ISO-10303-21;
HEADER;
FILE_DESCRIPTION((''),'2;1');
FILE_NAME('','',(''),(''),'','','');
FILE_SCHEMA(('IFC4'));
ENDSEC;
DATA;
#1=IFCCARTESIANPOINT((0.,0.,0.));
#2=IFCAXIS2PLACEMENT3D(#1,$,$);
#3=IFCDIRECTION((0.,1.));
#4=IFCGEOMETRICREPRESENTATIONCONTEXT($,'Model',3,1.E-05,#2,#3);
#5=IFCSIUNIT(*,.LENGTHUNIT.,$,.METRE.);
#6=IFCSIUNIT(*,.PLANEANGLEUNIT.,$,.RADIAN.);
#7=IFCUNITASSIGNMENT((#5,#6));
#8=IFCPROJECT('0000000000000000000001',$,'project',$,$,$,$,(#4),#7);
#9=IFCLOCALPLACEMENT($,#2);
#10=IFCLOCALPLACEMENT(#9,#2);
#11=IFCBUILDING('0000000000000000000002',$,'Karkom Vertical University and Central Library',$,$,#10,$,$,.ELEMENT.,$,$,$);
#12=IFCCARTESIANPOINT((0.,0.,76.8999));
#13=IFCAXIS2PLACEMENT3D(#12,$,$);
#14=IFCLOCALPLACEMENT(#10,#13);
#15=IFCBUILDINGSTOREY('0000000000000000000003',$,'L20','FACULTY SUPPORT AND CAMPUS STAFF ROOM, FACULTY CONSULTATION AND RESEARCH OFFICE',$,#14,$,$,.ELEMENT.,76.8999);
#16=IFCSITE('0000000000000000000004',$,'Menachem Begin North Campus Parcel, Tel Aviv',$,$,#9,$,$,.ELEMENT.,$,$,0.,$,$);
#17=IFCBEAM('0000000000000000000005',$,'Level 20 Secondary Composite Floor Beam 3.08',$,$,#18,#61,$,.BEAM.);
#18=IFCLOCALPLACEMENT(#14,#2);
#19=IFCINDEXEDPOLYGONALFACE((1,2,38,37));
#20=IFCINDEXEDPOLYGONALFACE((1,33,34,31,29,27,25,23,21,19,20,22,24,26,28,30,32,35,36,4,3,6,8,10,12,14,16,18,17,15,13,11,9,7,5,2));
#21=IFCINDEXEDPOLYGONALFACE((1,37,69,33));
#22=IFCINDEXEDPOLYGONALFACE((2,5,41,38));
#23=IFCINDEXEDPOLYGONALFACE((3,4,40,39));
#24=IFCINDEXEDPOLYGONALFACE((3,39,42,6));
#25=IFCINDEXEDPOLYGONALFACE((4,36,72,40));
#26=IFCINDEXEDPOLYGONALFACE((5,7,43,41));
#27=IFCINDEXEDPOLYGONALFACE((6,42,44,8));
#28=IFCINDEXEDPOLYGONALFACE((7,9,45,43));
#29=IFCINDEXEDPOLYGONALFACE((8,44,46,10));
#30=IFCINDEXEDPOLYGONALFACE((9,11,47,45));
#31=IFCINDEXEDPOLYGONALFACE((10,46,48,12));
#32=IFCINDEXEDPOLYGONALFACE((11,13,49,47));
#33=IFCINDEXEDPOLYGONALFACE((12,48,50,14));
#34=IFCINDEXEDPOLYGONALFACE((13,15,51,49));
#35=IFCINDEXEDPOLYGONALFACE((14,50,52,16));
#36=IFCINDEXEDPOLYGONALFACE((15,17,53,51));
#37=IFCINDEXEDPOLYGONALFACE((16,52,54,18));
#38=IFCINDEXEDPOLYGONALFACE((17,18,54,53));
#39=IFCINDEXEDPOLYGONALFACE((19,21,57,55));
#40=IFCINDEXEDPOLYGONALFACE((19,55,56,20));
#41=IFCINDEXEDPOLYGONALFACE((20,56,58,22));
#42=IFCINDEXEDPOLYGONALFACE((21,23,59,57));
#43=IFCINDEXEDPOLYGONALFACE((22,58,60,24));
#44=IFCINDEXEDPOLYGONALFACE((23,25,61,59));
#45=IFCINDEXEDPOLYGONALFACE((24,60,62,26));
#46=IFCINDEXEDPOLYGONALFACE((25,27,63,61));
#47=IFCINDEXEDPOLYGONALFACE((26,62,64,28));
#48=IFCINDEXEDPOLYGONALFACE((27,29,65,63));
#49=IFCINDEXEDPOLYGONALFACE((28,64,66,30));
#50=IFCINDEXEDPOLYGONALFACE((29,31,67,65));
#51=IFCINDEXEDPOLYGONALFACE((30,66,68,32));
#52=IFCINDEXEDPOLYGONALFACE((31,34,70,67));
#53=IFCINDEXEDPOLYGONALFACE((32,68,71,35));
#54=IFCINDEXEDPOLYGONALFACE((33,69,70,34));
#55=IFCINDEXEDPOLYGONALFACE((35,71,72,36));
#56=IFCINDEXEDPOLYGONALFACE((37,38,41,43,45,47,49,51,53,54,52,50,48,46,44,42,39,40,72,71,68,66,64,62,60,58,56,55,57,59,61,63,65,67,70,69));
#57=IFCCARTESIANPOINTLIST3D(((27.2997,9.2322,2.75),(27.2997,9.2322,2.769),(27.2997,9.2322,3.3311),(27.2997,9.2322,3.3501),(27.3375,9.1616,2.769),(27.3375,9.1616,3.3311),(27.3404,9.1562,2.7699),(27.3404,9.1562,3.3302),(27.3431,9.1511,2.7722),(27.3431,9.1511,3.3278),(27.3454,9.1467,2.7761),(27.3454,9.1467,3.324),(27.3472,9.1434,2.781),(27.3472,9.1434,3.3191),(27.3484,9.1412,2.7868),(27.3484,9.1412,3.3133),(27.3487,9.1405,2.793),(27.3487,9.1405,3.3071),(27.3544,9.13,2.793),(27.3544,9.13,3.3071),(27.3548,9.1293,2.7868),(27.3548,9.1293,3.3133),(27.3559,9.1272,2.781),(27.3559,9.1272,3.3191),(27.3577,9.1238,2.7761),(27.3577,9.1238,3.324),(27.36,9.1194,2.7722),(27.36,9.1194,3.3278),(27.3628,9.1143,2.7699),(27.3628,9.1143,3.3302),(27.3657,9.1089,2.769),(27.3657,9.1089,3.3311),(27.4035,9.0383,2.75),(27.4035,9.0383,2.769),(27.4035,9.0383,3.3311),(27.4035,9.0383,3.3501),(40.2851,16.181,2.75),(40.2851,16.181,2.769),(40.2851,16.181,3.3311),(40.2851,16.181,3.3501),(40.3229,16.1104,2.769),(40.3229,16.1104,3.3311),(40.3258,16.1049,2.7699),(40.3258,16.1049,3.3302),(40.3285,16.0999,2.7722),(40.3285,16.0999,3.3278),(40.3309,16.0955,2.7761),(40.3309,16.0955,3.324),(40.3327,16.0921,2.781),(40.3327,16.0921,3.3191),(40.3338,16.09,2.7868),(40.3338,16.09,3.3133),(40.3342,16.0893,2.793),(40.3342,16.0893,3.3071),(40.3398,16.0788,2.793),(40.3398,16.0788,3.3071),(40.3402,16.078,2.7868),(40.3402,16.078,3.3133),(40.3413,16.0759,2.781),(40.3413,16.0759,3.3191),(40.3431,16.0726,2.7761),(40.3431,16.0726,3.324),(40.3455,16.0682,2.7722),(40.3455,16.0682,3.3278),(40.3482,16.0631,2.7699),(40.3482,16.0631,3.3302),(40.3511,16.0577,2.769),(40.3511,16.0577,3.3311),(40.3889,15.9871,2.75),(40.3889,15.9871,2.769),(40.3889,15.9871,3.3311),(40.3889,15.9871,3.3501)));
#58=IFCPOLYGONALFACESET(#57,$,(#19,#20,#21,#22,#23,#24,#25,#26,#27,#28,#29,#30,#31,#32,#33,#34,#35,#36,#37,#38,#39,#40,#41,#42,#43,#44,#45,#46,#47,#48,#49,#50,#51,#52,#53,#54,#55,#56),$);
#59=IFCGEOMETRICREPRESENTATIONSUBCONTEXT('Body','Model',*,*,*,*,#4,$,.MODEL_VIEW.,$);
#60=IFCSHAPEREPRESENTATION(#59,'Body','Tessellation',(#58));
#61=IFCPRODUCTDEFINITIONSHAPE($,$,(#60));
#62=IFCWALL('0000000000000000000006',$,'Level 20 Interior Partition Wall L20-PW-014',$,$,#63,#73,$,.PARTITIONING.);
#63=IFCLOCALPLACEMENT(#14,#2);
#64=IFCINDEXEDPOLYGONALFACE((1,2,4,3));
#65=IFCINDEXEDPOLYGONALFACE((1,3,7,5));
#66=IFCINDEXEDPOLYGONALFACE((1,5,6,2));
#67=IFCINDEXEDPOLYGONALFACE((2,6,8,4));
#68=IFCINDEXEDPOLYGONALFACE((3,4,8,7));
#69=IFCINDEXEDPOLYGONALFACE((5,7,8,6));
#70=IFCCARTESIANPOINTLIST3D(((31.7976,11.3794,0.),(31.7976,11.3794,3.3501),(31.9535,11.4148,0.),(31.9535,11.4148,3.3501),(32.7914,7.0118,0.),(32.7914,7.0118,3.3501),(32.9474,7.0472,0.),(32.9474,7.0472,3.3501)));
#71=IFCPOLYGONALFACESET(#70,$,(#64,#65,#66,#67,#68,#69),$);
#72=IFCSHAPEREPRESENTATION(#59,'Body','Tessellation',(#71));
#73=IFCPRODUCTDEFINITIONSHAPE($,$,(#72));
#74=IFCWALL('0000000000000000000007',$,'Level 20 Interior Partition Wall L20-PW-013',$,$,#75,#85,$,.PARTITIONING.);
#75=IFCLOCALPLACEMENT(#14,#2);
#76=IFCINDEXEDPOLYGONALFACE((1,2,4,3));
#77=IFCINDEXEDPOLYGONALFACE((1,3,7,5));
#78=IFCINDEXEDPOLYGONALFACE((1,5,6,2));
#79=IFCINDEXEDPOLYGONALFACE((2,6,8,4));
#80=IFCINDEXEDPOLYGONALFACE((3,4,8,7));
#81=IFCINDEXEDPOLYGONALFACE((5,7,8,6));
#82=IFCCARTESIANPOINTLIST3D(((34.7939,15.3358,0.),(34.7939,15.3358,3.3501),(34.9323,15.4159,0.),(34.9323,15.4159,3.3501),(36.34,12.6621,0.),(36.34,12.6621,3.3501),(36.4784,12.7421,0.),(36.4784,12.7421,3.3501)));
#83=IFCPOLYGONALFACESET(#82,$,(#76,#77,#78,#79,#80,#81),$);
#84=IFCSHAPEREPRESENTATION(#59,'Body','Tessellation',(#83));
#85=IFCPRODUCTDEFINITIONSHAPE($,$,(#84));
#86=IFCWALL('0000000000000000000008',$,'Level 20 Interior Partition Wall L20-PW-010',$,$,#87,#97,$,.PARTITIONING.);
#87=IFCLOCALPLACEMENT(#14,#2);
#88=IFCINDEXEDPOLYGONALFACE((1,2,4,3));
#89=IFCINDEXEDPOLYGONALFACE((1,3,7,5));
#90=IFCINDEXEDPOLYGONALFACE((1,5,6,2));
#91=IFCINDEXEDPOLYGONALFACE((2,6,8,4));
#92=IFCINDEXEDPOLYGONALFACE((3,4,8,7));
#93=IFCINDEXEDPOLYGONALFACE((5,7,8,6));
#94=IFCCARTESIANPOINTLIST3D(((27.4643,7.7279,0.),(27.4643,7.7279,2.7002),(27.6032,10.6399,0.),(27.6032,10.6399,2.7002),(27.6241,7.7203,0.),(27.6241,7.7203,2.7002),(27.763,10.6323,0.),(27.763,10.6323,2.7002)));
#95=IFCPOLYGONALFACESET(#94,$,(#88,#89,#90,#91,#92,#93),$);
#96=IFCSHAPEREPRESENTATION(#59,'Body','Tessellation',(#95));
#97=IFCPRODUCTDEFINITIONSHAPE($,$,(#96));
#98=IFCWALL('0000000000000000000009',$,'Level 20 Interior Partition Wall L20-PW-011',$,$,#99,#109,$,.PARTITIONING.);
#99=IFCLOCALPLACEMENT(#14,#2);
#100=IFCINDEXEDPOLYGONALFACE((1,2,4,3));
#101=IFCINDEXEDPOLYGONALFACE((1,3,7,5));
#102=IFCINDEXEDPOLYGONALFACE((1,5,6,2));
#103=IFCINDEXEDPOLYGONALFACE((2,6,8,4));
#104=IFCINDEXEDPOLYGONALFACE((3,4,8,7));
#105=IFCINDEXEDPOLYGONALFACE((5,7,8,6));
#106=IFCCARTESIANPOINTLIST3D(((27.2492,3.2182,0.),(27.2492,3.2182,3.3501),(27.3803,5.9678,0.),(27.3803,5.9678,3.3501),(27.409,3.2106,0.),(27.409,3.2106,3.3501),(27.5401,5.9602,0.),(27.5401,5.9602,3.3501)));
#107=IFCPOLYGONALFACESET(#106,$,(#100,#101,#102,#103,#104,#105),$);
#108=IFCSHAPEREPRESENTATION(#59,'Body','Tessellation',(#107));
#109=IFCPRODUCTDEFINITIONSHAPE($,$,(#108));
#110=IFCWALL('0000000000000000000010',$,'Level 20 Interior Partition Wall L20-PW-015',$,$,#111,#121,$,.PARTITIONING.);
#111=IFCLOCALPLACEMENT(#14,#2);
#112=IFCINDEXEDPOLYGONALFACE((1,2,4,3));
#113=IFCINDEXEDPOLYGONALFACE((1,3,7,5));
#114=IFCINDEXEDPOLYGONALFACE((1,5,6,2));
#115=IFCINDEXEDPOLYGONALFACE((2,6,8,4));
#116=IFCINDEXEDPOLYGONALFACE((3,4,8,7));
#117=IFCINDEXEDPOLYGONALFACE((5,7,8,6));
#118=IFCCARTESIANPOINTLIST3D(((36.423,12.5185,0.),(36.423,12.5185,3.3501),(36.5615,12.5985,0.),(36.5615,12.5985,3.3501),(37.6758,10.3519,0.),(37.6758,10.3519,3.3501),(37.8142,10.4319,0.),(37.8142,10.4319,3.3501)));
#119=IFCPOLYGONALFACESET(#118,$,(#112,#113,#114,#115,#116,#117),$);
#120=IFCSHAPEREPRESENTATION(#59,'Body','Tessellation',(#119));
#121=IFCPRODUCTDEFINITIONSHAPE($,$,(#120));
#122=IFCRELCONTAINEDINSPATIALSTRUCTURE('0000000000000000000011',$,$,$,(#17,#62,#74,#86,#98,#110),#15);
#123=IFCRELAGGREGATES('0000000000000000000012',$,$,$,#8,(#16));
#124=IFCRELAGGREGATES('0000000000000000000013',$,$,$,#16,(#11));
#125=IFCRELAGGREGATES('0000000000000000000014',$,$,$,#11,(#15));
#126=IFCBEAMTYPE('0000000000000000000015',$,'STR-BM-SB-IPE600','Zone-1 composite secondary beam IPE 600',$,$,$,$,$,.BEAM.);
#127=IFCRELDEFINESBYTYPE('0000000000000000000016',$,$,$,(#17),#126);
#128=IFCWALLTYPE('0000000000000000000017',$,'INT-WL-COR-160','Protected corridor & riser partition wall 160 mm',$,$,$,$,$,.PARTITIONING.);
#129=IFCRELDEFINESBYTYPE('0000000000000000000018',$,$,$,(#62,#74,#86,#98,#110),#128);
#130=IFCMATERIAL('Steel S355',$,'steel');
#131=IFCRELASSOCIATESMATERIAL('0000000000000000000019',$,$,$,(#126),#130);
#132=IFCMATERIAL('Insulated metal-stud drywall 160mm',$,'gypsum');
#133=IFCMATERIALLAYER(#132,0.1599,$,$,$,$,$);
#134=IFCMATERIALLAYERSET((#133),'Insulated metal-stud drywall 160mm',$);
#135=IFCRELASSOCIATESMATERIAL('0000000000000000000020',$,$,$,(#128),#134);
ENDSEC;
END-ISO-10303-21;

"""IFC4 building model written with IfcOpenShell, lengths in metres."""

from ifc_helpers import new_model, si_unit, direction, frame, frame_2d, origin, origin_with_axes, origin_2d, place, context, subcontext, project, spatial, rectangle, i_section, extrude, source, transform, mapped, material, layer, layer_set, material_profile, profile_set, type_object, element, save


model = new_model("IFC4")

# Units and contexts
model_context = context("Model", 3, precision=1e-05, world=origin(), true_north=direction((0.0, 1.0)))
body_context = subcontext(model_context, "Body", "Model", "MODEL_VIEW")
ifc_project = project(units=[si_unit("LENGTHUNIT", "METRE"), si_unit("PLANEANGLEUNIT", "RADIAN")], contexts=[model_context])

# Site, building, storey
site_placement = place(None, origin())
site = spatial("IfcSite", under=ifc_project, at=site_placement, Name="Menachem Begin North Campus Parcel, Tel Aviv", CompositionType="ELEMENT", RefElevation=0.0)
building_placement = place(site_placement, origin())
building = spatial("IfcBuilding", under=site, at=building_placement, Name="Karkom Vertical University and Central Library", CompositionType="ELEMENT")
storey_placement = place(building_placement, frame((0.0, 0.0, 76.8999)))
storey = spatial("IfcBuildingStorey", under=building, at=storey_placement, Name="L20", Description="FACULTY SUPPORT AND CAMPUS STAFF ROOM, FACULTY CONSULTATION AND RESEARCH OFFICE", CompositionType="ELEMENT", Elevation=76.8999)

# Beam
ifc_material_1 = material(Name="Steel S355", Category="steel")
ifc_material_profile_1 = material_profile(ifc_material_1, i_section(OverallWidth=0.22, OverallDepth=0.6001, WebThickness=0.012, FlangeThickness=0.019, FilletRadius=0.0239, at=origin_2d()), Name="IPE 600")
ifc_profile_set_1 = profile_set([ifc_material_profile_1], Name="Steel S355")
beam_type_1 = type_object("IfcBeamType", Name="STR-BM-SB-IPE600", Description="Zone-1 composite secondary beam IPE 600", PredefinedType="BEAM", material=ifc_profile_set_1)
shared_shape_1 = source(origin_with_axes(), body_context, "Body", "SweptSolid", [
    extrude(i_section(OverallWidth=0.22, OverallDepth=0.6001, WebThickness=0.012, FlangeThickness=0.019, FilletRadius=0.0239, at=origin_2d()), origin(), (0.0, 0.0, 1.0), 14.7278),
])
beam_1_placement = place(storey_placement, frame((27.3516, 9.1353, 3.05), z_axis=(0.881698, 0.471815, 0.0), x_axis=(-0.471815, 0.881698, 0.0)))
element("IfcBeam", 1, at=beam_1_placement, inside=storey, type_object=beam_type_1, Name="Level 20 Secondary Composite Floor Beam 3.08", PredefinedType="BEAM", context=body_context, shape_type="MappedRepresentation", body=[
    mapped(shared_shape_1, transform((0.0, 0.0, 0.0), scale=1.0)),
])

# Shared definitions
ifc_material_2 = material(Name="Insulated metal-stud drywall 160mm", Category="gypsum")
ifc_layer = layer(ifc_material_2, 0.1599)
ifc_layer_set = layer_set([ifc_layer], Name="Insulated metal-stud drywall 160mm")
wall_type = type_object("IfcWallType", Name="INT-WL-COR-160", Description="Protected corridor & riser partition wall 160 mm", PredefinedType="PARTITIONING", material=ifc_layer_set)

# Walls
wall_1_placement = place(storey_placement, frame((31.8755, 11.3972, 0.0), z_axis=(0.0, 0.0, 1.0), x_axis=(0.221885, -0.975073, 0.0)))
element("IfcWall", 2, at=wall_1_placement, inside=storey, type_object=wall_type, Name="Level 20 Interior Partition Wall L20-PW-014", PredefinedType="PARTITIONING", context=body_context, shape_type="SweptSolid", body=[
    extrude(rectangle(XDim=4.4792, YDim=0.1599, at=frame_2d((2.2397, 0.0))), origin(), (0.0, 0.0, 1.0), 3.3501),
])
wall_2_placement = place(storey_placement, frame((34.863, 15.376, 0.0), z_axis=(0.0, 0.0, 1.0), x_axis=(0.500584, -0.865688, 0.0)))
element("IfcWall", 3, at=wall_2_placement, inside=storey, type_object=wall_type, Name="Level 20 Interior Partition Wall L20-PW-013", PredefinedType="PARTITIONING", context=body_context, shape_type="SweptSolid", body=[
    extrude(rectangle(XDim=3.0886, YDim=0.1599, at=frame_2d((1.5444, 0.0))), origin(), (0.0, 0.0, 1.0), 3.3501),
])
wall_3_placement = place(storey_placement, frame((27.6831, 10.636, 0.0), z_axis=(0.0, 0.0, 1.0), x_axis=(-0.047653, -0.998864, 0.0)))
element("IfcWall", 4, at=wall_3_placement, inside=storey, type_object=wall_type, Name="Level 20 Interior Partition Wall L20-PW-010", PredefinedType="PARTITIONING", context=body_context, shape_type="SweptSolid", body=[
    extrude(rectangle(XDim=2.9153, YDim=0.1599, at=frame_2d((1.4575, 0.0))), origin(), (0.0, 0.0, 1.0), 2.7002),
])
wall_4_placement = place(storey_placement, frame((27.4602, 5.9641, 0.0), z_axis=(0.0, 0.0, 1.0), x_axis=(-0.047628, -0.998865, 0.0)))
element("IfcWall", 5, at=wall_4_placement, inside=storey, type_object=wall_type, Name="Level 20 Interior Partition Wall L20-PW-011", PredefinedType="PARTITIONING", context=body_context, shape_type="SweptSolid", body=[
    extrude(rectangle(XDim=2.7527, YDim=0.1599, at=frame_2d((1.3765, 0.0))), origin(), (0.0, 0.0, 1.0), 3.3501),
])
wall_5_placement = place(storey_placement, frame((36.4922, 12.5586, 0.0), z_axis=(0.0, 0.0, 1.0), x_axis=(0.500556, -0.865704, 0.0)))
element("IfcWall", 6, at=wall_5_placement, inside=storey, type_object=wall_type, Name="Level 20 Interior Partition Wall L20-PW-015", PredefinedType="PARTITIONING", context=body_context, shape_type="SweptSolid", body=[
    extrude(rectangle(XDim=2.5027, YDim=0.1599, at=frame_2d((1.2515, 0.0))), origin(), (0.0, 0.0, 1.0), 3.3501),
])

save(model, "model.ifc")
